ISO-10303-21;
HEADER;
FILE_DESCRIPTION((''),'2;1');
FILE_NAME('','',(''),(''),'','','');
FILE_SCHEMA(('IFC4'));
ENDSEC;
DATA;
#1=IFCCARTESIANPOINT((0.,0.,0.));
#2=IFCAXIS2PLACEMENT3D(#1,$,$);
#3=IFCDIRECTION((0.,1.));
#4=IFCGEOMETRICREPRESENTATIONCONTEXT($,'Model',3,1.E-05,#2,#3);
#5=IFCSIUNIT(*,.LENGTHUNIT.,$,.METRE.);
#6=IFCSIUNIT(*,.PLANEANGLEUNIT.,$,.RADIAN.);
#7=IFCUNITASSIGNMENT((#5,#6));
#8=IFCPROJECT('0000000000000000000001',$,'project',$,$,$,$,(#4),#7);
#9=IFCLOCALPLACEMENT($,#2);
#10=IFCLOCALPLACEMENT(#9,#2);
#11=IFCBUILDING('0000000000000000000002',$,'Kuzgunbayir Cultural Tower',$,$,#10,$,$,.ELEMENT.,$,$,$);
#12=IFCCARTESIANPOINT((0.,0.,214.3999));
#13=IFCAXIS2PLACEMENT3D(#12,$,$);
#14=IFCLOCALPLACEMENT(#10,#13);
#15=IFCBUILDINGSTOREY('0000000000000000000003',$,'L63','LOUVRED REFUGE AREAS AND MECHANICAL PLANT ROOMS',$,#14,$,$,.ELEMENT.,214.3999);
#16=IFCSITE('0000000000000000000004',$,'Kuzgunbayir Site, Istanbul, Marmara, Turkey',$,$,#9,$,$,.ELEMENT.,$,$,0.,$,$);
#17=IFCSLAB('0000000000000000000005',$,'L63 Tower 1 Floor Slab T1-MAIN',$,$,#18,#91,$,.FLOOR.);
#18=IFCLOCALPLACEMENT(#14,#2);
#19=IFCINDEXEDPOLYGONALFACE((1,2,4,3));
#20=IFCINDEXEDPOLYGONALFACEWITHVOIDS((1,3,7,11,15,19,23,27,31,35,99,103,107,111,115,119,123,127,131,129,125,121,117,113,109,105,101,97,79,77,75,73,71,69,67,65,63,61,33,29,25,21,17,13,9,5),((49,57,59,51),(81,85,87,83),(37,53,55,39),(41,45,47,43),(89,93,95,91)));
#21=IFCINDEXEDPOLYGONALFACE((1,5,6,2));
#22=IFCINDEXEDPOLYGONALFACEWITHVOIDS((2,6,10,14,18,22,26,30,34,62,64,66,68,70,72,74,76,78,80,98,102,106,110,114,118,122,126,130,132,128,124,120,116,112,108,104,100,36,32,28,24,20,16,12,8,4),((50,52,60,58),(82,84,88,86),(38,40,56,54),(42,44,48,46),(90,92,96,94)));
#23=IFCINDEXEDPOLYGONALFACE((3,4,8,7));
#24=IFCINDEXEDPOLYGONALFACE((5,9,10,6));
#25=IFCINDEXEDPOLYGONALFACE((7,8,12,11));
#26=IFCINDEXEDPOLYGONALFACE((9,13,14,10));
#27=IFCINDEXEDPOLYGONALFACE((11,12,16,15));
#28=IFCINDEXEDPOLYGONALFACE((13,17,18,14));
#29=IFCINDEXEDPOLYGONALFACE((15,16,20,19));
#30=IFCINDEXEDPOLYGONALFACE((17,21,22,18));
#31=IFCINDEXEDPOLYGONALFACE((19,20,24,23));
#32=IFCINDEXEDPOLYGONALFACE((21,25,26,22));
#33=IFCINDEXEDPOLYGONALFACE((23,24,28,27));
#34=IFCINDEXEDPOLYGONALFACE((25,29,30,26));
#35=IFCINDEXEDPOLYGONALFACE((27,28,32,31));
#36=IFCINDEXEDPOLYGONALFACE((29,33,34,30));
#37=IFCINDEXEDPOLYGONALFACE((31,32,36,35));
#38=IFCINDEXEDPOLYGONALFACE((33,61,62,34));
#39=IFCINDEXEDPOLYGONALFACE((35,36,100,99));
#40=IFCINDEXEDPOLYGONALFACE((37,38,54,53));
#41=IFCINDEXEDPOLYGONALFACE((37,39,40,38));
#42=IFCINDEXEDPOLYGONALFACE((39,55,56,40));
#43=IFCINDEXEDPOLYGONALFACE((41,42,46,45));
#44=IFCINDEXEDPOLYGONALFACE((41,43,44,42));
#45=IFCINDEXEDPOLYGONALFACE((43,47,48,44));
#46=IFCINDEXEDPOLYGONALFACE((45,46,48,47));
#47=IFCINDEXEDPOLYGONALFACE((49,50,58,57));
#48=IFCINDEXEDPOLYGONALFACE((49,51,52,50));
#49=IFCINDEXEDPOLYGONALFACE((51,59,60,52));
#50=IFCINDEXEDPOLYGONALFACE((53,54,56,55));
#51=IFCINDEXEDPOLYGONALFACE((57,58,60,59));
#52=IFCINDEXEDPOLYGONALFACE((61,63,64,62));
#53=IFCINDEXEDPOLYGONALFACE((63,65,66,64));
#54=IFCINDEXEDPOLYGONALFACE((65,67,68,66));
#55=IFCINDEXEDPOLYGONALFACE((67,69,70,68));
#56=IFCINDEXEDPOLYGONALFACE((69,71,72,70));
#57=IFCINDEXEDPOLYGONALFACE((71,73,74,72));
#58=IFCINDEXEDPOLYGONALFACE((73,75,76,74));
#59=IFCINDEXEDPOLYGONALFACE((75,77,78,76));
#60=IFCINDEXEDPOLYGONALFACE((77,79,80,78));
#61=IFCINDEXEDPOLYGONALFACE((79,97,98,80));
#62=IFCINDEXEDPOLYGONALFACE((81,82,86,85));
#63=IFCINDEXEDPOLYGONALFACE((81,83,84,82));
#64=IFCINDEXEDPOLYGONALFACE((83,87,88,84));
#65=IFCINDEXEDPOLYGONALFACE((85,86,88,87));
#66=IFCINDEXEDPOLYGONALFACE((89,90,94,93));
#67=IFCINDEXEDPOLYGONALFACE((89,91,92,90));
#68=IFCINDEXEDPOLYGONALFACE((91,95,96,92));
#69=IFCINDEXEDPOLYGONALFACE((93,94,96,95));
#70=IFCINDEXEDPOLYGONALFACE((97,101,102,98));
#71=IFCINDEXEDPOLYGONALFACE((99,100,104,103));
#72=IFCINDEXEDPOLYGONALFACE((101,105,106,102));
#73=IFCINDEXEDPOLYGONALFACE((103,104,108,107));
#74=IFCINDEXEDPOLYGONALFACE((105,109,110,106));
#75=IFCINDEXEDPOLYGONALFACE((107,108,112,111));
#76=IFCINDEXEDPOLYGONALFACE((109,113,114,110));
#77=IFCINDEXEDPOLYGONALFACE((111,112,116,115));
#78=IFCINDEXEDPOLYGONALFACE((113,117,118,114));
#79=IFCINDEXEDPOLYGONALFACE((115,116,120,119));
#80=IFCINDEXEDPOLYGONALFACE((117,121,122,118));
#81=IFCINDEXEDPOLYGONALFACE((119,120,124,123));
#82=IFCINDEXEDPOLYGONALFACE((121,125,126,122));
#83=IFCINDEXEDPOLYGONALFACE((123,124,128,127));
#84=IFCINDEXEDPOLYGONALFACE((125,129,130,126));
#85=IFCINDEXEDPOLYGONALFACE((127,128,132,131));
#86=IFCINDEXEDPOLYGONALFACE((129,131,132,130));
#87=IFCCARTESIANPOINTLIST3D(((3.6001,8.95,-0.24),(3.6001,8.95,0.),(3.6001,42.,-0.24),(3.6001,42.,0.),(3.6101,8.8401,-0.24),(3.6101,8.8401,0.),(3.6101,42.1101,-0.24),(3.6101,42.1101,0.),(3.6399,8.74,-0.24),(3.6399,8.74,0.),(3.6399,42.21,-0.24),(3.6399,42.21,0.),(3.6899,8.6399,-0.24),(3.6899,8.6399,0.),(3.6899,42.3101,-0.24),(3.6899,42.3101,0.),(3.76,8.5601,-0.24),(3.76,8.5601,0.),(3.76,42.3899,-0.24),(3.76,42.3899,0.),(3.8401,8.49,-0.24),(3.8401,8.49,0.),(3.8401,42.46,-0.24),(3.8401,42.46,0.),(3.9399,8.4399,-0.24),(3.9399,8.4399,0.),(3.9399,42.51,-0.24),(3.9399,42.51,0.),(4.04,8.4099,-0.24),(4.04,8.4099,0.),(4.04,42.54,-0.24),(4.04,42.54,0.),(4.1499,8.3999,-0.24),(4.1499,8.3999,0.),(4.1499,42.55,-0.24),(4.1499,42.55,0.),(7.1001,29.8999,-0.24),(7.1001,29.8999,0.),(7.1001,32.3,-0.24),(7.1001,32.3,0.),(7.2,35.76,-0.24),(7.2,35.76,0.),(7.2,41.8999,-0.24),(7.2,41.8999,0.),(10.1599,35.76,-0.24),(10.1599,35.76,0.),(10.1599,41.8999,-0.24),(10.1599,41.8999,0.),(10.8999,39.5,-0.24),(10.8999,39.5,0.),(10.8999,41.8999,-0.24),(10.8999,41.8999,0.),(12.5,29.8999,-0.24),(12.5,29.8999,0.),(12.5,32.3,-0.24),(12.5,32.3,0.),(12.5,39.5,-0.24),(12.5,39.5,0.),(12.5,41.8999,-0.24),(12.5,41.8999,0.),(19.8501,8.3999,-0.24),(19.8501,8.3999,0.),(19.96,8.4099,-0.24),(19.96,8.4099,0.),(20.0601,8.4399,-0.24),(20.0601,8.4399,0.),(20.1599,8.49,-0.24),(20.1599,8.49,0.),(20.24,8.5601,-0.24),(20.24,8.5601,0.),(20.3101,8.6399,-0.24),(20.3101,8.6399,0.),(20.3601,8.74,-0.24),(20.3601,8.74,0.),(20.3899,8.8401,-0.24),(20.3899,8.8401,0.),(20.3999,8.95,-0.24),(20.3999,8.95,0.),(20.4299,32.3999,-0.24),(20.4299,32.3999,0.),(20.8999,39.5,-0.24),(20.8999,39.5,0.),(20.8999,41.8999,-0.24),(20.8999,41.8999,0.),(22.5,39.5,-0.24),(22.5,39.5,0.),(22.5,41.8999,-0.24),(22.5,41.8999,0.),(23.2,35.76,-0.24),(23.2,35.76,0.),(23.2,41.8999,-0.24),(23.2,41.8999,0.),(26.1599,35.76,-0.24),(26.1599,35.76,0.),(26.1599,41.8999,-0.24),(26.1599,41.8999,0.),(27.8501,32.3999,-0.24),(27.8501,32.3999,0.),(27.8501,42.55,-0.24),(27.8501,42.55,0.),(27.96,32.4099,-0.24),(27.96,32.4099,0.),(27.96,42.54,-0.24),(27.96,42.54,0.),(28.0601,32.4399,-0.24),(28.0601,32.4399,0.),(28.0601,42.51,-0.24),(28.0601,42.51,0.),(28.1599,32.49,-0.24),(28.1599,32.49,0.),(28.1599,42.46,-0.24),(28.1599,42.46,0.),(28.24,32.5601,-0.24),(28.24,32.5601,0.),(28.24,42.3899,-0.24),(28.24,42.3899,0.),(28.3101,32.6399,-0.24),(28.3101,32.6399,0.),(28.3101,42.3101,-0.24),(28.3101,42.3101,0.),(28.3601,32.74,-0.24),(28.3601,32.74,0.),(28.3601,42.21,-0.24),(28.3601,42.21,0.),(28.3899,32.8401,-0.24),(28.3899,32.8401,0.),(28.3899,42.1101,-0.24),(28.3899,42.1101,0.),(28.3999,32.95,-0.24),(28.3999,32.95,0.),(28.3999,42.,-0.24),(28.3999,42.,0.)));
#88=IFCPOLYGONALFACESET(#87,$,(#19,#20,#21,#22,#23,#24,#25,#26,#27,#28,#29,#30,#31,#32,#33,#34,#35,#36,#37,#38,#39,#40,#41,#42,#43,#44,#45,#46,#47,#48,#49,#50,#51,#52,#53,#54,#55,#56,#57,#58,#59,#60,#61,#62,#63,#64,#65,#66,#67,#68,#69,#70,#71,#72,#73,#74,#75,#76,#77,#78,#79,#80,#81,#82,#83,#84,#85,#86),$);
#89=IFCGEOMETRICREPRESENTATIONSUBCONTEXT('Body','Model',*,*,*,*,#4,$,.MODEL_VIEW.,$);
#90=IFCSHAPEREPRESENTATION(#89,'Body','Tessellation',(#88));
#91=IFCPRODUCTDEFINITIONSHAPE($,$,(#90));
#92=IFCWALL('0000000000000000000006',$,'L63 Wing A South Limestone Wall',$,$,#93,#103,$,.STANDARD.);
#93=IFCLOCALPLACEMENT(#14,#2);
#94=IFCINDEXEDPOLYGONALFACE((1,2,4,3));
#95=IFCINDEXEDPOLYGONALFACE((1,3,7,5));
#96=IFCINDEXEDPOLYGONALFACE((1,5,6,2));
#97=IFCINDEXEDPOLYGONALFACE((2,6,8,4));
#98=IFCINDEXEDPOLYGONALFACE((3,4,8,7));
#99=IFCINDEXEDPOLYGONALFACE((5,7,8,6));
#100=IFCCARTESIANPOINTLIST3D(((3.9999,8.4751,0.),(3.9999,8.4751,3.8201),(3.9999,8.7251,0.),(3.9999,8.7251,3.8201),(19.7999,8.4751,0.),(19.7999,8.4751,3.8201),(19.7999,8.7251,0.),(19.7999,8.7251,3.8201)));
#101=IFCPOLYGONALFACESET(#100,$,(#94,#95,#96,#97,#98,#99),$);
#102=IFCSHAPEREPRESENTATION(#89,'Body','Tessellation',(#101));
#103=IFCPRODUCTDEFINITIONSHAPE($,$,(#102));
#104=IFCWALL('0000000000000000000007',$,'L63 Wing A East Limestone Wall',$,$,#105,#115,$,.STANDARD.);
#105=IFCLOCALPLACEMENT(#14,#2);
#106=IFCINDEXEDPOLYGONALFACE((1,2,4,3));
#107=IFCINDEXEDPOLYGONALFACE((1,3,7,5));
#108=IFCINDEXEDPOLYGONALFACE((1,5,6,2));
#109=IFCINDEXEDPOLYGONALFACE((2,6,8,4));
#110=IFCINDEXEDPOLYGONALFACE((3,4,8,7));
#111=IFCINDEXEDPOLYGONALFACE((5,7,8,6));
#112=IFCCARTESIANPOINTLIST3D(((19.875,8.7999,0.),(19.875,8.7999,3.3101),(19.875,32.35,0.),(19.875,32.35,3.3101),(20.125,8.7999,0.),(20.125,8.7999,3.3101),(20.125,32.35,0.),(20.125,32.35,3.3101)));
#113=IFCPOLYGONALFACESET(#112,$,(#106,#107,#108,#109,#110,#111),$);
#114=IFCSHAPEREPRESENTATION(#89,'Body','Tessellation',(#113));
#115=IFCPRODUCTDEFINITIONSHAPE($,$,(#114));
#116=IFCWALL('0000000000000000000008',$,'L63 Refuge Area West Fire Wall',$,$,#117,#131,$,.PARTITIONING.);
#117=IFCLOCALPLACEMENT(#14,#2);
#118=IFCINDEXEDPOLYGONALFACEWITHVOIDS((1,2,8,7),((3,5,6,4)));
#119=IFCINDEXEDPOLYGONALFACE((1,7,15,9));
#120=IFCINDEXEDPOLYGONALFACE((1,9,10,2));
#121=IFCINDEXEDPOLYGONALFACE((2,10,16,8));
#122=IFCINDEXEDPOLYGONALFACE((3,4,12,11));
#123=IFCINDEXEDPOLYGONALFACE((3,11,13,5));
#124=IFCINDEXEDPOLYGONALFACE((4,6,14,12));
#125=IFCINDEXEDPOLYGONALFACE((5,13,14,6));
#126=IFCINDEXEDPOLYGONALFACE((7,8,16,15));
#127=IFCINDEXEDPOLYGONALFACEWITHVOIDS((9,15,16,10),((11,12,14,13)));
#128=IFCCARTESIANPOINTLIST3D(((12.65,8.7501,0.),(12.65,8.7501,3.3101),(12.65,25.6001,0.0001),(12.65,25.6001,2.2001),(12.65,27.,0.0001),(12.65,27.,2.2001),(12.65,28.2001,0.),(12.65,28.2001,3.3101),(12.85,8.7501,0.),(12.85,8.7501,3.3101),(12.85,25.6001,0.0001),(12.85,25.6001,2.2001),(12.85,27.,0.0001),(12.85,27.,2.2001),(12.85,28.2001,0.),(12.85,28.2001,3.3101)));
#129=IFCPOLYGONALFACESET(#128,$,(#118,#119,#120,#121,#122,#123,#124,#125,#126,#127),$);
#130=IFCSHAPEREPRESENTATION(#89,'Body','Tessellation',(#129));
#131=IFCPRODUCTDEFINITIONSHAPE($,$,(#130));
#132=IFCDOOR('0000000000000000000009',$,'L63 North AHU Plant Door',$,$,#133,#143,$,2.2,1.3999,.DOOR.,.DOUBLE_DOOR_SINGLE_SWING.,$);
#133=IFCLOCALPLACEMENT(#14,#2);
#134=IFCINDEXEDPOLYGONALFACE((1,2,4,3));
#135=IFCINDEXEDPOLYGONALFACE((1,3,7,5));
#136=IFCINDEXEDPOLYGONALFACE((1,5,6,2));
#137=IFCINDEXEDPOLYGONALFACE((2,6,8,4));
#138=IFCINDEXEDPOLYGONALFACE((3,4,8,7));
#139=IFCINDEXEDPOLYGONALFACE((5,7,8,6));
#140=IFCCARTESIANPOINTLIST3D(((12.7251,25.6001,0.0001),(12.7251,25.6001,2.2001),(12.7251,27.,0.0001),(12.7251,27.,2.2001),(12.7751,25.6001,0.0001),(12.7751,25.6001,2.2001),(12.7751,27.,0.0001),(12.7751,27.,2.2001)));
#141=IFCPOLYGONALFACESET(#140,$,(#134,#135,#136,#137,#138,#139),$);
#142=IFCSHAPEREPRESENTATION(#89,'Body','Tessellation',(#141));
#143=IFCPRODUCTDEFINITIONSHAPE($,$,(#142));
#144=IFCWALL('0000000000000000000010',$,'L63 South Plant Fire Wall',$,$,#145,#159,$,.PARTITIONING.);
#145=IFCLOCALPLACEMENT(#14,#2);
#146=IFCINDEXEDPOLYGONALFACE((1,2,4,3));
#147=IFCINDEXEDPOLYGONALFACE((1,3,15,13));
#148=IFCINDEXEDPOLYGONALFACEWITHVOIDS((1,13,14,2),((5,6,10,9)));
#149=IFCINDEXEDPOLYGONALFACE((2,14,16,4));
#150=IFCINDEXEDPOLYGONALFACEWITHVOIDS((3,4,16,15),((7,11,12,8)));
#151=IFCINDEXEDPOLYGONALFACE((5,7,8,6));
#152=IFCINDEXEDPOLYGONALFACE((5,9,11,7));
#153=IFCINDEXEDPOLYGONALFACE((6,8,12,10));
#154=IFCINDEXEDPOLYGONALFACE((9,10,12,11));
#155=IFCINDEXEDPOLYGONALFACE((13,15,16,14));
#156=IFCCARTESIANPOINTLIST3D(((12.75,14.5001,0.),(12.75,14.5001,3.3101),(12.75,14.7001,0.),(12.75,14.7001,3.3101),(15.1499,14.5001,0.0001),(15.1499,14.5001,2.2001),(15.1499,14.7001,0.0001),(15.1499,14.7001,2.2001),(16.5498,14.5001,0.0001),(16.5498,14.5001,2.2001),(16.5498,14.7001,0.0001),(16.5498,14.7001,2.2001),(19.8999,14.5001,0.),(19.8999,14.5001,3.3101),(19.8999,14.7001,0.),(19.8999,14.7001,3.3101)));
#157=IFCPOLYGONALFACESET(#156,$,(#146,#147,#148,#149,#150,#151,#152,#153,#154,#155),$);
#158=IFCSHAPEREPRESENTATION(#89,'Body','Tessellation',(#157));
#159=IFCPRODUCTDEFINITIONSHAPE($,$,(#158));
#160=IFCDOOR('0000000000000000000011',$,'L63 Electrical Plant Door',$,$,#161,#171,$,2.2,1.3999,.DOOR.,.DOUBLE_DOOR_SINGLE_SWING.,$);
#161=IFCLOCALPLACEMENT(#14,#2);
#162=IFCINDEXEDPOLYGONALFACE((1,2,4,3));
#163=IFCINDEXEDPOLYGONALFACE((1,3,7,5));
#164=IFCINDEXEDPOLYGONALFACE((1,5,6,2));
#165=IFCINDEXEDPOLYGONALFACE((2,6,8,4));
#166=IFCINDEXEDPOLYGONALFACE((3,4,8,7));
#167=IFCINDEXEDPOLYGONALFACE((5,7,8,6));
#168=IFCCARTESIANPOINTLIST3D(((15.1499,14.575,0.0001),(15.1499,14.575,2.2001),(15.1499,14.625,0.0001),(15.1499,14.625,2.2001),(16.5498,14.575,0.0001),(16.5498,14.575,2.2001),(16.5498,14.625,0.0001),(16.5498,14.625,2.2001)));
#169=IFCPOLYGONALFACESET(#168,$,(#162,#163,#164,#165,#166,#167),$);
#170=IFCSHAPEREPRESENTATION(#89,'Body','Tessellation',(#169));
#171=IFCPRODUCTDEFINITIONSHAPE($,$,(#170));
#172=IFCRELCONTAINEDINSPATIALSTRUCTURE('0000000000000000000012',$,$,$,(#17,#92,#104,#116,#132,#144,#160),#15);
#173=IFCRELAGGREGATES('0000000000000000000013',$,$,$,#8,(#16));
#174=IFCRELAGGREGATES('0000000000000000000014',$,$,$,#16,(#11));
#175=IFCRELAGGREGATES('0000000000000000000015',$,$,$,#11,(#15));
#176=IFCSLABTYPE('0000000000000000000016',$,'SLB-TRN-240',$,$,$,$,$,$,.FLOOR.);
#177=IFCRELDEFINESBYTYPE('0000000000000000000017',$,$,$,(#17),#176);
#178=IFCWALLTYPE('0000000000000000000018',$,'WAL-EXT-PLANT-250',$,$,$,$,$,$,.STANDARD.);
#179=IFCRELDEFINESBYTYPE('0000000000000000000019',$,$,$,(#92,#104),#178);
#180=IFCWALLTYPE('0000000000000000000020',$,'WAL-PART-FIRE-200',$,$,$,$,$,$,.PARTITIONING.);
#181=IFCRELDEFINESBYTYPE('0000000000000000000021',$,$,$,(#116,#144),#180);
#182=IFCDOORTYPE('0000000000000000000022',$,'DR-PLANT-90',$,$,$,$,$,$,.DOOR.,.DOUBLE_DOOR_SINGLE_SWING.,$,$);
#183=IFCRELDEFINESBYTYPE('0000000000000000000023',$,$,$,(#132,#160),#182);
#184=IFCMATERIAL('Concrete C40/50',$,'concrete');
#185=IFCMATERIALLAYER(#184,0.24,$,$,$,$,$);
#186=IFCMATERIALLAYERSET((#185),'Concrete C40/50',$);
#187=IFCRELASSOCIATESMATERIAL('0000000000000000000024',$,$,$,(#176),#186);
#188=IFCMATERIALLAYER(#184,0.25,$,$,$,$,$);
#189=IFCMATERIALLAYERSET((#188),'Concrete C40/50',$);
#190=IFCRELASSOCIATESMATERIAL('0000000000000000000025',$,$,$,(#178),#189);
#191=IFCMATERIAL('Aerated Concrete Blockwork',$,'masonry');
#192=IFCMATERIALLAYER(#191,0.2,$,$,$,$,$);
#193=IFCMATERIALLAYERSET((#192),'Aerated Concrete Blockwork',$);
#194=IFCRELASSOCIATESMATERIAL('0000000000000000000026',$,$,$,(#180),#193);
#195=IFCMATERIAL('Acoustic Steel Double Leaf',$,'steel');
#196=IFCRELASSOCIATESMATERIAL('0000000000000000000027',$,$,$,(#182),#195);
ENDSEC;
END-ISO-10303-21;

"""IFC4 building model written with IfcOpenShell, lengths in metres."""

from ifc_helpers import new_model, si_unit, direction, frame, frame_2d, origin, place, context, subcontext, project, spatial, polyline, rectangle, outline, extrude, material, layer, layer_set, type_object, element, fill, save


model = new_model("IFC4")

# Units and contexts
model_context = context("Model", 3, precision=1e-05, world=origin(), true_north=direction((0.0, 1.0)))
body_context = subcontext(model_context, "Body", "Model", "MODEL_VIEW")
ifc_project = project(units=[si_unit("LENGTHUNIT", "METRE"), si_unit("PLANEANGLEUNIT", "RADIAN")], contexts=[model_context])

# Site, building, storey
site_placement = place(None, origin())
site = spatial("IfcSite", under=ifc_project, at=site_placement, Name="Kuzgunbayir Site, Istanbul, Marmara, Turkey", CompositionType="ELEMENT", RefElevation=0.0)
building_placement = place(site_placement, origin())
building = spatial("IfcBuilding", under=site, at=building_placement, Name="Kuzgunbayir Cultural Tower", CompositionType="ELEMENT")
storey_placement = place(building_placement, frame((0.0, 0.0, 214.3999)))
storey = spatial("IfcBuildingStorey", under=building, at=storey_placement, Name="L63", Description="LOUVRED REFUGE AREAS AND MECHANICAL PLANT ROOMS", CompositionType="ELEMENT", Elevation=214.3999)

# Shared definitions
ifc_material_1 = material(Name="Concrete C40/50", Category="concrete")

# Slab
ifc_layer_1 = layer(ifc_material_1, 0.24)
ifc_layer_set_1 = layer_set([ifc_layer_1], Name="Concrete C40/50")
slab_type_1 = type_object("IfcSlabType", Name="SLB-TRN-240", PredefinedType="FLOOR", material=ifc_layer_set_1)
slab_1_placement = place(storey_placement, frame((0.0, 0.0, -0.24)))
element("IfcSlab", 1, at=slab_1_placement, inside=storey, type_object=slab_type_1, Name="L63 Tower 1 Floor Slab T1-MAIN", PredefinedType="FLOOR", context=body_context, shape_type="SweptSolid", body=[
    extrude(outline(polyline([(20.3999, 8.95), (20.3899, 8.8401), (20.3601, 8.74), (20.3101, 8.6399), (20.24, 8.5601), (20.1599, 8.49), (20.0601, 8.4399), (19.96, 8.4099), (19.8501, 8.3999), (4.1499, 8.3999), (4.04, 8.4099), (3.9399, 8.4399), (3.8401, 8.49), (3.76, 8.5601), (3.6899, 8.6399), (3.6399, 8.74), (3.6101, 8.8401), (3.6001, 8.95), (3.6001, 42.0), (3.6101, 42.1101), (3.6399, 42.21), (3.6899, 42.3101), (3.76, 42.3899), (3.8401, 42.46), (3.9399, 42.51), (4.04, 42.54), (4.1499, 42.55), (27.8501, 42.55), (27.96, 42.54), (28.0601, 42.51), (28.1599, 42.46), (28.24, 42.3899), (28.3101, 42.3101), (28.3601, 42.21), (28.3899, 42.1101), (28.3999, 42.0), (28.3999, 32.95), (28.3899, 32.8401), (28.3601, 32.74), (28.3101, 32.6399), (28.24, 32.5601), (28.1599, 32.49), (28.0601, 32.4399), (27.96, 32.4099), (27.8501, 32.3999), (20.4299, 32.3999), (20.3999, 8.95)]), holes=[polyline([(7.2, 35.76), (7.2, 41.8999), (10.1599, 41.8999), (10.1599, 35.76), (7.2, 35.76)]), polyline([(23.2, 35.76), (23.2, 41.8999), (26.1599, 41.8999), (26.1599, 35.76), (23.2, 35.76)]), polyline([(7.1001, 29.8999), (7.1001, 32.3), (12.5, 32.3), (12.5, 29.8999), (7.1001, 29.8999)]), polyline([(10.8999, 39.5), (10.8999, 41.8999), (12.5, 41.8999), (12.5, 39.5), (10.8999, 39.5)]), polyline([(20.8999, 39.5), (20.8999, 41.8999), (22.5, 41.8999), (22.5, 39.5), (20.8999, 39.5)])]), origin(), (0.0, 0.0, 1.0), 0.24),
])

# Walls
ifc_layer_2 = layer(ifc_material_1, 0.25)
ifc_layer_set_2 = layer_set([ifc_layer_2], Name="Concrete C40/50")
wall_type_1 = type_object("IfcWallType", Name="WAL-EXT-PLANT-250", PredefinedType="STANDARD", material=ifc_layer_set_2)
wall_1_placement = place(storey_placement, frame((4.0, 8.6001, 0.0), z_axis=(0.0, 0.0, 1.0), x_axis=(1.0, 0.0, 0.0)))
element("IfcWall", 2, at=wall_1_placement, inside=storey, type_object=wall_type_1, Name="L63 Wing A South Limestone Wall", PredefinedType="STANDARD", context=body_context, shape_type="SweptSolid", body=[
    extrude(rectangle(XDim=15.8, YDim=0.25, at=frame_2d((7.8999, 0.0))), origin(), (0.0, 0.0, 1.0), 3.8201),
])
wall_2_placement = place(storey_placement, frame((20.0, 8.8, 0.0), z_axis=(0.0, 0.0, 1.0), x_axis=(0.0, 1.0, 0.0)))
element("IfcWall", 3, at=wall_2_placement, inside=storey, type_object=wall_type_1, Name="L63 Wing A East Limestone Wall", PredefinedType="STANDARD", context=body_context, shape_type="SweptSolid", body=[
    extrude(rectangle(XDim=23.55, YDim=0.25, at=frame_2d((11.7749, 0.0))), origin(), (0.0, 0.0, 1.0), 3.3101),
])

# Walls, openings, doors
ifc_material_2 = material(Name="Aerated Concrete Blockwork", Category="masonry")
ifc_layer_3 = layer(ifc_material_2, 0.2)
ifc_layer_set_3 = layer_set([ifc_layer_3], Name="Aerated Concrete Blockwork")
wall_type_2 = type_object("IfcWallType", Name="WAL-PART-FIRE-200", PredefinedType="PARTITIONING", material=ifc_layer_set_3)
wall_3_placement = place(storey_placement, frame((12.75, 8.75, 0.0), z_axis=(0.0, 0.0, 1.0), x_axis=(0.0, 1.0, 0.0)))
wall_3 = element("IfcWall", 4, at=wall_3_placement, inside=storey, type_object=wall_type_2, Name="L63 Refuge Area West Fire Wall", PredefinedType="PARTITIONING", context=body_context, shape_type="SweptSolid", body=[
    extrude(rectangle(XDim=19.45, YDim=0.2, at=frame_2d((9.7251, 0.0))), origin(), (0.0, 0.0, 1.0), 3.3101),
])
opening_1_placement = place(wall_3_placement, frame((16.8501, 0.0, 0.0)))
opening_1 = element("IfcOpeningElement", 5, at=opening_1_placement, cuts=wall_3, PredefinedType="OPENING", context=body_context, shape_type="SweptSolid", body=[
    extrude(rectangle(XDim=1.3999, YDim=2.2, at=frame_2d((0.7, 1.1001))), frame((0.0, 0.1099, 0.0), z_axis=(0.0, -1.0, 0.0), x_axis=(1.0, 0.0, 0.0)), (0.0, 0.0, 1.0), 0.22),
])
ifc_material_3 = material(Name="Acoustic Steel Double Leaf", Category="steel")
door_type = type_object("IfcDoorType", Name="DR-PLANT-90", OperationType="DOUBLE_DOOR_SINGLE_SWING", PredefinedType="DOOR", material=ifc_material_3)
door_1_placement = place(opening_1_placement, origin())
door_1 = element("IfcDoor", 6, at=door_1_placement, inside=storey, type_object=door_type, Name="L63 North AHU Plant Door", OperationType="DOUBLE_DOOR_SINGLE_SWING", OverallHeight=2.2, OverallWidth=1.3999, PredefinedType="DOOR", context=body_context, shape_type="SweptSolid", body=[
    extrude(rectangle(XDim=1.3999, YDim=2.2, at=frame_2d((0.7, 1.1001))), frame((0.0, 0.0249, 0.0), z_axis=(0.0, -1.0, 0.0), x_axis=(1.0, 0.0, 0.0)), (0.0, 0.0, 1.0), 0.05),
])
fill(opening_1, door_1)
wall_4_placement = place(storey_placement, frame((12.75, 14.6001, 0.0), z_axis=(0.0, 0.0, 1.0), x_axis=(1.0, 0.0, 0.0)))
wall_4 = element("IfcWall", 7, at=wall_4_placement, inside=storey, type_object=wall_type_2, Name="L63 South Plant Fire Wall", PredefinedType="PARTITIONING", context=body_context, shape_type="SweptSolid", body=[
    extrude(rectangle(XDim=7.1499, YDim=0.2, at=frame_2d((3.575, 0.0))), origin(), (0.0, 0.0, 1.0), 3.3101),
])
opening_2_placement = place(wall_4_placement, frame((2.3999, 0.0, 0.0)))
opening_2 = element("IfcOpeningElement", 8, at=opening_2_placement, cuts=wall_4, PredefinedType="OPENING", context=body_context, shape_type="SweptSolid", body=[
    extrude(rectangle(XDim=1.3999, YDim=2.2, at=frame_2d((0.7, 1.1001))), frame((0.0, 0.1099, 0.0), z_axis=(0.0, -1.0, 0.0), x_axis=(1.0, 0.0, 0.0)), (0.0, 0.0, 1.0), 0.22),
])
door_2_placement = place(opening_2_placement, origin())
door_2 = element("IfcDoor", 9, at=door_2_placement, inside=storey, type_object=door_type, Name="L63 Electrical Plant Door", OperationType="DOUBLE_DOOR_SINGLE_SWING", OverallHeight=2.2, OverallWidth=1.3999, PredefinedType="DOOR", context=body_context, shape_type="SweptSolid", body=[
    extrude(rectangle(XDim=1.3999, YDim=2.2, at=frame_2d((0.7, 1.1001))), frame((0.0, 0.0249, 0.0), z_axis=(0.0, -1.0, 0.0), x_axis=(1.0, 0.0, 0.0)), (0.0, 0.0, 1.0), 0.05),
])
fill(opening_2, door_2)

save(model, "model.ifc")
